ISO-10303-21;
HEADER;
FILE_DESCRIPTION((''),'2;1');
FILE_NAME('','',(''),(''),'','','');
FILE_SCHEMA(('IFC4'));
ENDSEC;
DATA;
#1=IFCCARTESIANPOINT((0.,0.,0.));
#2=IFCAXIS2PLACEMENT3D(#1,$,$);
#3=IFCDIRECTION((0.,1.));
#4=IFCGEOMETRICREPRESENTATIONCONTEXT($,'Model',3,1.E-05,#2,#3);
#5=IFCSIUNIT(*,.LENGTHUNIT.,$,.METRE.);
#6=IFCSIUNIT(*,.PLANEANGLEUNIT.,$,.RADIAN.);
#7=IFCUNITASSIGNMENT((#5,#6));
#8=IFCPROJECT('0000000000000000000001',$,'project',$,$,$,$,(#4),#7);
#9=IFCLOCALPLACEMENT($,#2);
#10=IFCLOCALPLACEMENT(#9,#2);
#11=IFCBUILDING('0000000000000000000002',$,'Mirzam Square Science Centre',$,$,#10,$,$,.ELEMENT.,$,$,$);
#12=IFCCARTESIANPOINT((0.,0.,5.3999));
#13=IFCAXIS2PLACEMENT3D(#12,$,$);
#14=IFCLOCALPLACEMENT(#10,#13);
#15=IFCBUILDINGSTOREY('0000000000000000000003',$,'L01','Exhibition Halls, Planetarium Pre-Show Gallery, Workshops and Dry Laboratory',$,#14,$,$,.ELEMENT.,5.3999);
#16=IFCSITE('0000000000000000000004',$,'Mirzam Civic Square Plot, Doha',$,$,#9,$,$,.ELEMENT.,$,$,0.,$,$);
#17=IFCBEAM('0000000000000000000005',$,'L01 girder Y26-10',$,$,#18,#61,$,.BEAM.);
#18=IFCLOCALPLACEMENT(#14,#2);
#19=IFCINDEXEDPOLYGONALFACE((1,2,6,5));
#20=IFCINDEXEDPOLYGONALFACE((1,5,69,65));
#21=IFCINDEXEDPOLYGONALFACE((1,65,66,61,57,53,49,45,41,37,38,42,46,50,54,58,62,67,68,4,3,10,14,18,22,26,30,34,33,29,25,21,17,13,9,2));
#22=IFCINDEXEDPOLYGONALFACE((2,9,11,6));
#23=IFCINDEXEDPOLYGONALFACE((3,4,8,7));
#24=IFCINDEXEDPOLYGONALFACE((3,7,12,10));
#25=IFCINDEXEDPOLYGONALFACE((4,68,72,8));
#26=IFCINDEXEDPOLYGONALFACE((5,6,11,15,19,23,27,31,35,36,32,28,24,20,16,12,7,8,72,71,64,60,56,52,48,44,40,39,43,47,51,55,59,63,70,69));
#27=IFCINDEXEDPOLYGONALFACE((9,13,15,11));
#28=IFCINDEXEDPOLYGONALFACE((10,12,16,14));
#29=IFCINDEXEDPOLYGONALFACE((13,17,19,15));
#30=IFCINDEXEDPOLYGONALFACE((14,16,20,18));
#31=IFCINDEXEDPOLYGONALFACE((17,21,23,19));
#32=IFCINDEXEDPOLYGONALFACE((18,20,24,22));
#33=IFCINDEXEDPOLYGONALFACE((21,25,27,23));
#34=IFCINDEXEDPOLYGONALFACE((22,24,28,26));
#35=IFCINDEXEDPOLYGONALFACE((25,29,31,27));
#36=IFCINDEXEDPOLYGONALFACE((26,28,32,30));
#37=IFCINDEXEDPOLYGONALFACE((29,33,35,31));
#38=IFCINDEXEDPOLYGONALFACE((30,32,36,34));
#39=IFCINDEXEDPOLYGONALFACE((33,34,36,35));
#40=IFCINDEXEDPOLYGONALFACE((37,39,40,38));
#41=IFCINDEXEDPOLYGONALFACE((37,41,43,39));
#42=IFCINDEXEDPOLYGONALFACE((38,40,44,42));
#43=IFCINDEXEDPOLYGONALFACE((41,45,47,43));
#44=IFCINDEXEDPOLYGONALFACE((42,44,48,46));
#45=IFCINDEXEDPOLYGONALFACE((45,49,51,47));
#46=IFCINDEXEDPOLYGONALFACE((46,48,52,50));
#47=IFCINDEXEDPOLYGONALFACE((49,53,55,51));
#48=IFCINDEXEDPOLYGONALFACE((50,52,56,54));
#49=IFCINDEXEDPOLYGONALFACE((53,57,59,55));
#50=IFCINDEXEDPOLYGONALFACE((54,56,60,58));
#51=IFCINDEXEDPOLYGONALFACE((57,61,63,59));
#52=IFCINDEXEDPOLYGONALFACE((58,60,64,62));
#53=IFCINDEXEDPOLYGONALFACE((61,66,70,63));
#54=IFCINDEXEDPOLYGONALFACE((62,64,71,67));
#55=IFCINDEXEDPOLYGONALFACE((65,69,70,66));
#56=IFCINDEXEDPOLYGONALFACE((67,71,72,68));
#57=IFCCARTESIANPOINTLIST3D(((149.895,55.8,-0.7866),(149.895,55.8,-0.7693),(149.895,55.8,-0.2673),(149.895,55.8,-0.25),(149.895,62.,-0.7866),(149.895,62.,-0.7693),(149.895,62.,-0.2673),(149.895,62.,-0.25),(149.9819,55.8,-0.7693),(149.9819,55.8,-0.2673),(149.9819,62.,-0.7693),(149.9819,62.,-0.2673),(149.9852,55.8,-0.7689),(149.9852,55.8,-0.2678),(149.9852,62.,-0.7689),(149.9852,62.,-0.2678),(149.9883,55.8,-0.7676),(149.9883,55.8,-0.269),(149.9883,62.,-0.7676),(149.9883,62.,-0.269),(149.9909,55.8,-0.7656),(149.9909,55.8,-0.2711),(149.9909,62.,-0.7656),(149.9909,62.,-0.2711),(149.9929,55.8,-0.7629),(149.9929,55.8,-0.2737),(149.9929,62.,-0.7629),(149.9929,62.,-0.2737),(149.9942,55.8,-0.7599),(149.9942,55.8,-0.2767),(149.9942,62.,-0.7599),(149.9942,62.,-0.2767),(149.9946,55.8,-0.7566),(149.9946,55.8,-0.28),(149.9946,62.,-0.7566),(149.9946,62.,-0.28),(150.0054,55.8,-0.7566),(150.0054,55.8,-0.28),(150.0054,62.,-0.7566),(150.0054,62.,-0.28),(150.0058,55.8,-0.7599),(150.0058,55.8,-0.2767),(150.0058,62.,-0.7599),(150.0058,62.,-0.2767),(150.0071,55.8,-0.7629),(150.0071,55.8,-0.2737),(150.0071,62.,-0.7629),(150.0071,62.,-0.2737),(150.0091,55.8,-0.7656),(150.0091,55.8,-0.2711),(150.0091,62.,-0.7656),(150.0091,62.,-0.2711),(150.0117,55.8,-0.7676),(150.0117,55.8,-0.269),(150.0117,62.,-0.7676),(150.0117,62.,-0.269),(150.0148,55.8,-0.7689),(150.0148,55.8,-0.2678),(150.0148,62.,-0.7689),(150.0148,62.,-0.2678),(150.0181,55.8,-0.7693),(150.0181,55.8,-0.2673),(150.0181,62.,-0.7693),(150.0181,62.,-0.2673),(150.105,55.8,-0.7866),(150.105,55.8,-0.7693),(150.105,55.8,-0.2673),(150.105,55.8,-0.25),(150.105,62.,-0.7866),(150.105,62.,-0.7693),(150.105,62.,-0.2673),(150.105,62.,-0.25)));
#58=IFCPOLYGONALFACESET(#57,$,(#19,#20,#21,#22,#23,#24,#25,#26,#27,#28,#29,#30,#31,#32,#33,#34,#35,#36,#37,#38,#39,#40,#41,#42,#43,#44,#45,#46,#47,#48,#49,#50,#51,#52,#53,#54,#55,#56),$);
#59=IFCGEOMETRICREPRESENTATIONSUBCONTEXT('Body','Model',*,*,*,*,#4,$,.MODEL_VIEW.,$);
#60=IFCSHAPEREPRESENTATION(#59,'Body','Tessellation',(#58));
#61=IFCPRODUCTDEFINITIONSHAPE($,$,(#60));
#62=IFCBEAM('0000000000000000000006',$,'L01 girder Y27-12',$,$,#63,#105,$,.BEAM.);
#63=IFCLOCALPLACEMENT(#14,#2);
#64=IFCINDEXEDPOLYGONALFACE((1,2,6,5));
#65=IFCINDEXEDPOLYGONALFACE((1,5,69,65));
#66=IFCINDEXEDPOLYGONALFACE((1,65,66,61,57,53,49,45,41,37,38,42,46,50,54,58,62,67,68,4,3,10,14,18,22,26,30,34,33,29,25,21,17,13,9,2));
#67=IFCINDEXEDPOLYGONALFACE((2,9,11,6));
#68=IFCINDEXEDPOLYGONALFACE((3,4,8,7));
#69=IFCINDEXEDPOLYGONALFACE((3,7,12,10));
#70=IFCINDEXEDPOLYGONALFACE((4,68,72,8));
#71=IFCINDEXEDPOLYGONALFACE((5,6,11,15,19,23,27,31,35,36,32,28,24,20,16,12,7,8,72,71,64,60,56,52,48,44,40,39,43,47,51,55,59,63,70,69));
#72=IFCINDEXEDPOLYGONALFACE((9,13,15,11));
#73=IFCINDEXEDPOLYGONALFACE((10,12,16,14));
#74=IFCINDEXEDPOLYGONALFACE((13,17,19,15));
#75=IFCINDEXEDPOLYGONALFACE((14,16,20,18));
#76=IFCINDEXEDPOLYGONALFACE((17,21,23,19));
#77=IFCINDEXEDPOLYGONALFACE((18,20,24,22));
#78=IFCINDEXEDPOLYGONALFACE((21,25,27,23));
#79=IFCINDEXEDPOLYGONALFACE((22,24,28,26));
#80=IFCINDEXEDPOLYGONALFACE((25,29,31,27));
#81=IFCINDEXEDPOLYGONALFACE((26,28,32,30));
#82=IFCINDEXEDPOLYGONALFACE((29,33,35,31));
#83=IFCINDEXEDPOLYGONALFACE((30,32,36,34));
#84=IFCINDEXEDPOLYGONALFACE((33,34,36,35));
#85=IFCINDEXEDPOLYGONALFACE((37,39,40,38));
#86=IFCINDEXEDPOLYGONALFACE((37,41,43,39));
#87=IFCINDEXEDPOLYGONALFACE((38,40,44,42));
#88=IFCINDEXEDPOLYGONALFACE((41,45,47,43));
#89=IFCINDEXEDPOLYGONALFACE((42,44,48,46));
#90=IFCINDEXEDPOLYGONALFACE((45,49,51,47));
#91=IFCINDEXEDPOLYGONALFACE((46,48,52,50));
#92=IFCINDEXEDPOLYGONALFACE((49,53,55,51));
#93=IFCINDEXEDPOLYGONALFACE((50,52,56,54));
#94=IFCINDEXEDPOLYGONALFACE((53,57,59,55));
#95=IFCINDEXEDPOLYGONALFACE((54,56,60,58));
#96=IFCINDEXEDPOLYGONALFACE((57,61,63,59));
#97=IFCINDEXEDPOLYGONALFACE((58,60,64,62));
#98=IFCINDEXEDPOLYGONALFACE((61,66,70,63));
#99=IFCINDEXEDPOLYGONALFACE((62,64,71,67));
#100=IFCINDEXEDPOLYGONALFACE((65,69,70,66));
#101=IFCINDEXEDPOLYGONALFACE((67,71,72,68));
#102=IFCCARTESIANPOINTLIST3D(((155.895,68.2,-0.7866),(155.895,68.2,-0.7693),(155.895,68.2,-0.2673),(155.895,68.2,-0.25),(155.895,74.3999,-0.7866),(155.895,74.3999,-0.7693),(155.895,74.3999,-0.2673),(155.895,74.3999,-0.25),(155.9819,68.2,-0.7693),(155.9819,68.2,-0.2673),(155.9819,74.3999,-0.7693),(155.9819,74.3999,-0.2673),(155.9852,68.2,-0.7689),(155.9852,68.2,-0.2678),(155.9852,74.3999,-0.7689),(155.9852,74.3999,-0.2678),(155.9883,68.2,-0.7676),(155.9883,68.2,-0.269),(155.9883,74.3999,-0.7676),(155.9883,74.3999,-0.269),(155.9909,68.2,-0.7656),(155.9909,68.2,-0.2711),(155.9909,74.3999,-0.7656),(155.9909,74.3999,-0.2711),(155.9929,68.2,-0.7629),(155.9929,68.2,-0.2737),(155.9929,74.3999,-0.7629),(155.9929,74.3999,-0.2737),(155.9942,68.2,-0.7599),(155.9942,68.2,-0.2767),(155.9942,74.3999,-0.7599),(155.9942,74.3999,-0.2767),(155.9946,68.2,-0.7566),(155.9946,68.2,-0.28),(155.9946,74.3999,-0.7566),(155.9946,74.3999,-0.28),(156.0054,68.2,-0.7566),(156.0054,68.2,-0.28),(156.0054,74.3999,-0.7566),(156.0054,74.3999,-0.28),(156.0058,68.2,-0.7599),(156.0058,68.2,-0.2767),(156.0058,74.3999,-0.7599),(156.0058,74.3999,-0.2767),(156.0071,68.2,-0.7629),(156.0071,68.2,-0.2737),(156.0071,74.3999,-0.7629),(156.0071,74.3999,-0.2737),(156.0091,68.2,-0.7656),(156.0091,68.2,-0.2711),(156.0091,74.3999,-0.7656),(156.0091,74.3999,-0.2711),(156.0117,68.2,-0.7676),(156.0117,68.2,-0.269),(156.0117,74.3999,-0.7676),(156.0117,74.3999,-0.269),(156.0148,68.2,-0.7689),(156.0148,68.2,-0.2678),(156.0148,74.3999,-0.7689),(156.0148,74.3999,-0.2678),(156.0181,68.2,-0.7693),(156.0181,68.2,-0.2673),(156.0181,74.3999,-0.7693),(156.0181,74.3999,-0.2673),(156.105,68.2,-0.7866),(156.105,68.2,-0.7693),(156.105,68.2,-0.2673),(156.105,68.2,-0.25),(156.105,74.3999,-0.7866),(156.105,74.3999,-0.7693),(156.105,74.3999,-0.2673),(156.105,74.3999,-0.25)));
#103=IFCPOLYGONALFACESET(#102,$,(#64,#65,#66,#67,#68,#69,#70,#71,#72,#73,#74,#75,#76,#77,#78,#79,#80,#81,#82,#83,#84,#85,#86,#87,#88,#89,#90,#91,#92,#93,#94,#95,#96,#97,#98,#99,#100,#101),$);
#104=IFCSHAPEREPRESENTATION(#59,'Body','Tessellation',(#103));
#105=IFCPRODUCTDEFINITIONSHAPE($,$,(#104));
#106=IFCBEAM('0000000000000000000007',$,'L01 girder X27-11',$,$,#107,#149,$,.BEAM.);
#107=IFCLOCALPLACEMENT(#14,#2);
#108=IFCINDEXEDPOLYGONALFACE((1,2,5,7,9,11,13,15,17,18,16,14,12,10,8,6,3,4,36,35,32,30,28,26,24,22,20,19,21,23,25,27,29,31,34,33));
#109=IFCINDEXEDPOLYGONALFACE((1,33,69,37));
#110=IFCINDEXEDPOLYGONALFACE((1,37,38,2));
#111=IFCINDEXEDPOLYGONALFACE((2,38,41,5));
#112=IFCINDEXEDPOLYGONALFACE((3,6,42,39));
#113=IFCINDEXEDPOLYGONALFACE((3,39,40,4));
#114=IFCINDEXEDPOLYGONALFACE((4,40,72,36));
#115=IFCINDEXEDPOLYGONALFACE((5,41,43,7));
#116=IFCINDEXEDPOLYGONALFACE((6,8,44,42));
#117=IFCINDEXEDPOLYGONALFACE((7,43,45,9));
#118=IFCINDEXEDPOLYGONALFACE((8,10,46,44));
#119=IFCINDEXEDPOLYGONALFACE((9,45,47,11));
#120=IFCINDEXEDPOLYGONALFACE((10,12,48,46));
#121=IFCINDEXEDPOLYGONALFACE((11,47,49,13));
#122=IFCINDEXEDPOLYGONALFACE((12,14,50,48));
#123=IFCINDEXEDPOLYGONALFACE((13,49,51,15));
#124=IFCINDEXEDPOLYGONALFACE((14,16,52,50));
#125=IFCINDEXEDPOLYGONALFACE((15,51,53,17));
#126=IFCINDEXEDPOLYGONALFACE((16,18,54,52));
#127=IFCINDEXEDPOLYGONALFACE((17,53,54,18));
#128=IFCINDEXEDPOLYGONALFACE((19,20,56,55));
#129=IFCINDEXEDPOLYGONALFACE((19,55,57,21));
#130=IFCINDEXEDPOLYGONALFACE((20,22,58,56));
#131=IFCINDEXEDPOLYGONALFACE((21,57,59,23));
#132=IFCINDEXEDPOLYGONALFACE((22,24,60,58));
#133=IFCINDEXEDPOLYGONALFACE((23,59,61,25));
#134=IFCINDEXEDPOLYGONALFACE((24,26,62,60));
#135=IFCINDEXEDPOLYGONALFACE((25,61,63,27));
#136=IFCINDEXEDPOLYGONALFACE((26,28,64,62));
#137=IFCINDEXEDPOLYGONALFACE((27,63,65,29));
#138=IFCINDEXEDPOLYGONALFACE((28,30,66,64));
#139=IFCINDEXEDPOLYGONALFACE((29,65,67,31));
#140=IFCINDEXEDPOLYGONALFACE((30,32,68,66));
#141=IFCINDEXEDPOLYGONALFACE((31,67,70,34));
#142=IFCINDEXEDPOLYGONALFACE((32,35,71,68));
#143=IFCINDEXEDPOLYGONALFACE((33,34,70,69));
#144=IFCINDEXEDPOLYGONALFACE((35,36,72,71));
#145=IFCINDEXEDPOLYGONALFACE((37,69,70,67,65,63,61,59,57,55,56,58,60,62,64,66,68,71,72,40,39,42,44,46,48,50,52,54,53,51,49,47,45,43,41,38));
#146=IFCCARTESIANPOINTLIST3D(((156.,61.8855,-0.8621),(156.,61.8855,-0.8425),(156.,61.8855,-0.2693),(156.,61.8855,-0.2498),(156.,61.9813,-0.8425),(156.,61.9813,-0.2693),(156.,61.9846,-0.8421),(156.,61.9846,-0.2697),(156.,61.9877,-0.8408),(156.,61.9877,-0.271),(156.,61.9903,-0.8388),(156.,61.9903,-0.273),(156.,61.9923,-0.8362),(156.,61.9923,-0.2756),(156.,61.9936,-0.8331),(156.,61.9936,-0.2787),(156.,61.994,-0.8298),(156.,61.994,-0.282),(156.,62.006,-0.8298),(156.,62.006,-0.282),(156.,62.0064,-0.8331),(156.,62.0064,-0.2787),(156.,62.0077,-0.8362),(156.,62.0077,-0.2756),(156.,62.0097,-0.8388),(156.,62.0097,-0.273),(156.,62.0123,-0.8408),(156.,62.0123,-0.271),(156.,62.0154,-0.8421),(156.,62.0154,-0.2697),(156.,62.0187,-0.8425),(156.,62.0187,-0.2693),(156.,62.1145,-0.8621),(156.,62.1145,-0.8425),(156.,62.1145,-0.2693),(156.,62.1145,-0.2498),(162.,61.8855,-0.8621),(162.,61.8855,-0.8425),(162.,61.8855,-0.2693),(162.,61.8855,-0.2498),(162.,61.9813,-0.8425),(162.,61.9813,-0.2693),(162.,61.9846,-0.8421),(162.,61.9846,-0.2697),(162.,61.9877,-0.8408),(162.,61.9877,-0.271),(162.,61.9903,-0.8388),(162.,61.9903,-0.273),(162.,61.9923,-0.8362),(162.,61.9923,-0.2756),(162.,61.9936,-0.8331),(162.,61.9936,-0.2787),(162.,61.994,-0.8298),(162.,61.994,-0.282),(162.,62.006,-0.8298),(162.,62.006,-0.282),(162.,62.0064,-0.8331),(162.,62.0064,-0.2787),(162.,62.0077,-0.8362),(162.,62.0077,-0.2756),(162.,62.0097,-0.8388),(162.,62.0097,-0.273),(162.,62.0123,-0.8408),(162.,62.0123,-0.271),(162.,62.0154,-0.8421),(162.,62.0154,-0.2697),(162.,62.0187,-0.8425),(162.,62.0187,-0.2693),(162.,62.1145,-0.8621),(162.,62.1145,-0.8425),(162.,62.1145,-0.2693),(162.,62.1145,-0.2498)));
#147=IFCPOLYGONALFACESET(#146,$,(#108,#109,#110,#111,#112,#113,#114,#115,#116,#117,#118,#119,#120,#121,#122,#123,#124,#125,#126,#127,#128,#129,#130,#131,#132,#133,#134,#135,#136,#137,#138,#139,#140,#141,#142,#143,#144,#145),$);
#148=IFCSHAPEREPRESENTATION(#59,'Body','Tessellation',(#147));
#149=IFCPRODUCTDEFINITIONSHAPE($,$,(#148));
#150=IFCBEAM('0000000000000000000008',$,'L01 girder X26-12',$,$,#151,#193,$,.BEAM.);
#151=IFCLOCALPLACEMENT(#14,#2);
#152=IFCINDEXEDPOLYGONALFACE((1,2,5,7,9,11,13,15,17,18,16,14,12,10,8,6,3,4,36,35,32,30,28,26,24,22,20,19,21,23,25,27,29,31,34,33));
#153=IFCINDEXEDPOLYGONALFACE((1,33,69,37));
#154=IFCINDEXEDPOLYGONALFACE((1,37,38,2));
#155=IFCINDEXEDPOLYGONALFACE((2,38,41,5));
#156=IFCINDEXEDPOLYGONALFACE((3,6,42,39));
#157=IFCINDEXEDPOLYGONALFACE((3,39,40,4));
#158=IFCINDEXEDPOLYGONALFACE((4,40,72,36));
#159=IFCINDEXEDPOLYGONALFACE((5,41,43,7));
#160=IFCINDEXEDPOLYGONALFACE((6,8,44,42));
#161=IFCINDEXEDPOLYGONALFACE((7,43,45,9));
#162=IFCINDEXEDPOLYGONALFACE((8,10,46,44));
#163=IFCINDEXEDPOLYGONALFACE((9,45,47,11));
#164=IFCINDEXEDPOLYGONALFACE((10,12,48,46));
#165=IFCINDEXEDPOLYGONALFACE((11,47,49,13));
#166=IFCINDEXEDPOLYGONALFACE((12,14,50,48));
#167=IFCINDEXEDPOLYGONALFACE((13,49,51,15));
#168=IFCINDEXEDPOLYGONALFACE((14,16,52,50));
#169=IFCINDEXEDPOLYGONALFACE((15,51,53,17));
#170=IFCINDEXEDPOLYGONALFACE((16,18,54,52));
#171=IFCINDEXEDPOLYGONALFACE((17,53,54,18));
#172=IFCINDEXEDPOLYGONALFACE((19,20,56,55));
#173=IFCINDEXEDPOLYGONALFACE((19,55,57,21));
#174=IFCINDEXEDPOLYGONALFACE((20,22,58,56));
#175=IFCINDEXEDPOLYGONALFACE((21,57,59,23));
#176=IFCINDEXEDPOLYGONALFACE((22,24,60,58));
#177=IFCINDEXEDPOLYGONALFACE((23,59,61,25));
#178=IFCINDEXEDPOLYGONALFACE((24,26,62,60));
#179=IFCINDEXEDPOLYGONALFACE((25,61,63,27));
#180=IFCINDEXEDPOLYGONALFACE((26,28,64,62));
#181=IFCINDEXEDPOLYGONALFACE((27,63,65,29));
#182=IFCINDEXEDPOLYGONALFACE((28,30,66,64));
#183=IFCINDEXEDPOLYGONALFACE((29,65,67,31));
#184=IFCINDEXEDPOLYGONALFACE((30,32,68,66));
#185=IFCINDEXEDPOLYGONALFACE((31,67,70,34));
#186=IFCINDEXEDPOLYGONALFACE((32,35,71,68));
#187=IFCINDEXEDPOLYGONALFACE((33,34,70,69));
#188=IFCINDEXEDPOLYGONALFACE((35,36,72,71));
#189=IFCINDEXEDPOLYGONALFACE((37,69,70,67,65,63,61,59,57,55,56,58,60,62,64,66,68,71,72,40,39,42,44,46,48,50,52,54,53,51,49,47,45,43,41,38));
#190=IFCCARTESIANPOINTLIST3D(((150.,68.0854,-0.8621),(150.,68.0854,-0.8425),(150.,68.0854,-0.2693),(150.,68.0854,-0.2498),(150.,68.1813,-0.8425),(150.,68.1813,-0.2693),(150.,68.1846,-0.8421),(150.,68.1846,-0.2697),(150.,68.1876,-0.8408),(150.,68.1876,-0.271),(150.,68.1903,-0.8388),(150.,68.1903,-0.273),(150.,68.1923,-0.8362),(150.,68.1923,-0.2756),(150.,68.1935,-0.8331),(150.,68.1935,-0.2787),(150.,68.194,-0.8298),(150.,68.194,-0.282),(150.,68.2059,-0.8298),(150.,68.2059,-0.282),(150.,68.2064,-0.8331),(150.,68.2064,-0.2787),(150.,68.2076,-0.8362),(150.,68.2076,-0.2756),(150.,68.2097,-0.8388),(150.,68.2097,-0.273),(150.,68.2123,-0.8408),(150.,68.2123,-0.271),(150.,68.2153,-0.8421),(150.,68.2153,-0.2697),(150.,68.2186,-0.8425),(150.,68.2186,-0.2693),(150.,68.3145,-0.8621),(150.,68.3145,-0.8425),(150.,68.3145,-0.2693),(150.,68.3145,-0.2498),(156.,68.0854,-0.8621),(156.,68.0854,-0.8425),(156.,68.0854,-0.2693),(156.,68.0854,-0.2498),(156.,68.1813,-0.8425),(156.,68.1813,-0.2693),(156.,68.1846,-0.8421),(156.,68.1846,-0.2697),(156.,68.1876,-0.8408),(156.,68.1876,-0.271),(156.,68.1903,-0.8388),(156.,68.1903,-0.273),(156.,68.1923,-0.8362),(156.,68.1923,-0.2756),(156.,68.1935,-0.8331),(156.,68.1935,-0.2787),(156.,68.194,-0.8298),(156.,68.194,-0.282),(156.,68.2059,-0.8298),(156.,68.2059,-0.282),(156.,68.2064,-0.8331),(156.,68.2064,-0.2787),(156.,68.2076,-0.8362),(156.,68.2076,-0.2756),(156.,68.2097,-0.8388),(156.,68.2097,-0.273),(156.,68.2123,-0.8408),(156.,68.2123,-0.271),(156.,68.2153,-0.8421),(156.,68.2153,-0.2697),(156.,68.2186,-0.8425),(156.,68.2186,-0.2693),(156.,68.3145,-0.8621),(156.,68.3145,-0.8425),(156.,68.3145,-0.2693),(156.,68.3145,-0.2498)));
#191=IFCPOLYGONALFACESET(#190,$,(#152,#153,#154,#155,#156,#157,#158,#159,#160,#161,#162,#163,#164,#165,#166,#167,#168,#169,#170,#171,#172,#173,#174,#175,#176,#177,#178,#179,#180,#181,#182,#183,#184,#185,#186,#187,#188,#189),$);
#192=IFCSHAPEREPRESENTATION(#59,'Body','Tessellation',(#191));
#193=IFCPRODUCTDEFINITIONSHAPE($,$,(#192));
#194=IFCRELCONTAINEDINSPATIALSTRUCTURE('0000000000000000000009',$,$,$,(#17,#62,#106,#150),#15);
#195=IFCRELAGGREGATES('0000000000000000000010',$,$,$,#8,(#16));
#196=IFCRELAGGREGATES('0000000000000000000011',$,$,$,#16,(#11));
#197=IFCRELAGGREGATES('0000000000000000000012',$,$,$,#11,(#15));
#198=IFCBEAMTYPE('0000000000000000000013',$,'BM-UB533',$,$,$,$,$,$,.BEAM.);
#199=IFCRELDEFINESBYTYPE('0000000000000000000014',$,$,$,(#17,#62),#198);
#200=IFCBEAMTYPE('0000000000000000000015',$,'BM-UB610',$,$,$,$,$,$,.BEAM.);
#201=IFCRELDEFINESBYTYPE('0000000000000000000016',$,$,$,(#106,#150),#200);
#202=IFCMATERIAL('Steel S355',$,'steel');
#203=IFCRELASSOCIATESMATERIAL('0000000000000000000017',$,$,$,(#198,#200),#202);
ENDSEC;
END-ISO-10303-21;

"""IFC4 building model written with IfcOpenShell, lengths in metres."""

from ifc_helpers import new_model, si_unit, direction, frame, origin, origin_2d, place, context, subcontext, project, spatial, i_section, extrude, material, material_profile, profile_set, type_object, element, save


model = new_model("IFC4")

# Units and contexts
model_context = context("Model", 3, precision=1e-05, world=origin(), true_north=direction((0.0, 1.0)))
body_context = subcontext(model_context, "Body", "Model", "MODEL_VIEW")
ifc_project = project(units=[si_unit("LENGTHUNIT", "METRE"), si_unit("PLANEANGLEUNIT", "RADIAN")], contexts=[model_context])

# Site, building, storey
site_placement = place(None, origin())
site = spatial("IfcSite", under=ifc_project, at=site_placement, Name="Mirzam Civic Square Plot, Doha", CompositionType="ELEMENT", RefElevation=0.0)
building_placement = place(site_placement, origin())
building = spatial("IfcBuilding", under=site, at=building_placement, Name="Mirzam Square Science Centre", CompositionType="ELEMENT")
storey_placement = place(building_placement, frame((0.0, 0.0, 5.3999)))
storey = spatial("IfcBuildingStorey", under=building, at=storey_placement, Name="L01", Description="Exhibition Halls, Planetarium Pre-Show Gallery, Workshops and Dry Laboratory", CompositionType="ELEMENT", Elevation=5.3999)

# Shared definitions
ifc_material_1 = material(Name="Steel S355", Category="steel")

# Beams
ifc_material_profile_1 = material_profile(ifc_material_1, i_section(OverallWidth=0.21, OverallDepth=0.5366, WebThickness=0.0107, FlangeThickness=0.0173, FilletRadius=0.0127, at=origin_2d()), Name="533x210x101UB")
ifc_profile_set_1 = profile_set([ifc_material_profile_1], Name="Steel S355")
beam_type_1 = type_object("IfcBeamType", Name="BM-UB533", PredefinedType="BEAM", material=ifc_profile_set_1)
for number, where, z_axis, x_axis, name in (
    (1, (150.0, 55.8, -0.5183), (0.0, 1.0, 0.0), (-1.0, 0.0, 0.0), "L01 girder Y26-10"),
    (2, (156.0, 68.2, -0.5183), (0.0, 1.0, 0.0), (-1.0, 0.0, 0.0), "L01 girder Y27-12"),
):
    element("IfcBeam", number, at=place(storey_placement, frame(where, z_axis=z_axis, x_axis=x_axis)), inside=storey, type_object=beam_type_1, Name=name, PredefinedType="BEAM", context=body_context, shape_type="SweptSolid", body=[
        extrude(i_section(OverallWidth=0.21, OverallDepth=0.5366, WebThickness=0.0107, FlangeThickness=0.0173, FilletRadius=0.0127, at=origin_2d()), origin(), (0.0, 0.0, 1.0), 6.2),
    ])
ifc_material_profile_2 = material_profile(ifc_material_1, i_section(OverallWidth=0.229, OverallDepth=0.6123, WebThickness=0.012, FlangeThickness=0.0195, FilletRadius=0.0127, at=origin_2d()), Name="610x229x125UB")
ifc_profile_set_2 = profile_set([ifc_material_profile_2], Name="Steel S355")
beam_type_2 = type_object("IfcBeamType", Name="BM-UB610", PredefinedType="BEAM", material=ifc_profile_set_2)
for number, where, z_axis, x_axis, name in (
    (3, (156.0, 62.0, -0.5559), (1.0, 0.0, 0.0), (0.0, 1.0, 0.0), "L01 girder X27-11"),
    (4, (150.0, 68.2, -0.5559), (1.0, 0.0, 0.0), (0.0, 1.0, 0.0), "L01 girder X26-12"),
):
    element("IfcBeam", number, at=place(storey_placement, frame(where, z_axis=z_axis, x_axis=x_axis)), inside=storey, type_object=beam_type_2, Name=name, PredefinedType="BEAM", context=body_context, shape_type="SweptSolid", body=[
        extrude(i_section(OverallWidth=0.229, OverallDepth=0.6123, WebThickness=0.012, FlangeThickness=0.0195, FilletRadius=0.0127, at=origin_2d()), origin(), (0.0, 0.0, 1.0), 6.0),
    ])

save(model, "model.ifc")
